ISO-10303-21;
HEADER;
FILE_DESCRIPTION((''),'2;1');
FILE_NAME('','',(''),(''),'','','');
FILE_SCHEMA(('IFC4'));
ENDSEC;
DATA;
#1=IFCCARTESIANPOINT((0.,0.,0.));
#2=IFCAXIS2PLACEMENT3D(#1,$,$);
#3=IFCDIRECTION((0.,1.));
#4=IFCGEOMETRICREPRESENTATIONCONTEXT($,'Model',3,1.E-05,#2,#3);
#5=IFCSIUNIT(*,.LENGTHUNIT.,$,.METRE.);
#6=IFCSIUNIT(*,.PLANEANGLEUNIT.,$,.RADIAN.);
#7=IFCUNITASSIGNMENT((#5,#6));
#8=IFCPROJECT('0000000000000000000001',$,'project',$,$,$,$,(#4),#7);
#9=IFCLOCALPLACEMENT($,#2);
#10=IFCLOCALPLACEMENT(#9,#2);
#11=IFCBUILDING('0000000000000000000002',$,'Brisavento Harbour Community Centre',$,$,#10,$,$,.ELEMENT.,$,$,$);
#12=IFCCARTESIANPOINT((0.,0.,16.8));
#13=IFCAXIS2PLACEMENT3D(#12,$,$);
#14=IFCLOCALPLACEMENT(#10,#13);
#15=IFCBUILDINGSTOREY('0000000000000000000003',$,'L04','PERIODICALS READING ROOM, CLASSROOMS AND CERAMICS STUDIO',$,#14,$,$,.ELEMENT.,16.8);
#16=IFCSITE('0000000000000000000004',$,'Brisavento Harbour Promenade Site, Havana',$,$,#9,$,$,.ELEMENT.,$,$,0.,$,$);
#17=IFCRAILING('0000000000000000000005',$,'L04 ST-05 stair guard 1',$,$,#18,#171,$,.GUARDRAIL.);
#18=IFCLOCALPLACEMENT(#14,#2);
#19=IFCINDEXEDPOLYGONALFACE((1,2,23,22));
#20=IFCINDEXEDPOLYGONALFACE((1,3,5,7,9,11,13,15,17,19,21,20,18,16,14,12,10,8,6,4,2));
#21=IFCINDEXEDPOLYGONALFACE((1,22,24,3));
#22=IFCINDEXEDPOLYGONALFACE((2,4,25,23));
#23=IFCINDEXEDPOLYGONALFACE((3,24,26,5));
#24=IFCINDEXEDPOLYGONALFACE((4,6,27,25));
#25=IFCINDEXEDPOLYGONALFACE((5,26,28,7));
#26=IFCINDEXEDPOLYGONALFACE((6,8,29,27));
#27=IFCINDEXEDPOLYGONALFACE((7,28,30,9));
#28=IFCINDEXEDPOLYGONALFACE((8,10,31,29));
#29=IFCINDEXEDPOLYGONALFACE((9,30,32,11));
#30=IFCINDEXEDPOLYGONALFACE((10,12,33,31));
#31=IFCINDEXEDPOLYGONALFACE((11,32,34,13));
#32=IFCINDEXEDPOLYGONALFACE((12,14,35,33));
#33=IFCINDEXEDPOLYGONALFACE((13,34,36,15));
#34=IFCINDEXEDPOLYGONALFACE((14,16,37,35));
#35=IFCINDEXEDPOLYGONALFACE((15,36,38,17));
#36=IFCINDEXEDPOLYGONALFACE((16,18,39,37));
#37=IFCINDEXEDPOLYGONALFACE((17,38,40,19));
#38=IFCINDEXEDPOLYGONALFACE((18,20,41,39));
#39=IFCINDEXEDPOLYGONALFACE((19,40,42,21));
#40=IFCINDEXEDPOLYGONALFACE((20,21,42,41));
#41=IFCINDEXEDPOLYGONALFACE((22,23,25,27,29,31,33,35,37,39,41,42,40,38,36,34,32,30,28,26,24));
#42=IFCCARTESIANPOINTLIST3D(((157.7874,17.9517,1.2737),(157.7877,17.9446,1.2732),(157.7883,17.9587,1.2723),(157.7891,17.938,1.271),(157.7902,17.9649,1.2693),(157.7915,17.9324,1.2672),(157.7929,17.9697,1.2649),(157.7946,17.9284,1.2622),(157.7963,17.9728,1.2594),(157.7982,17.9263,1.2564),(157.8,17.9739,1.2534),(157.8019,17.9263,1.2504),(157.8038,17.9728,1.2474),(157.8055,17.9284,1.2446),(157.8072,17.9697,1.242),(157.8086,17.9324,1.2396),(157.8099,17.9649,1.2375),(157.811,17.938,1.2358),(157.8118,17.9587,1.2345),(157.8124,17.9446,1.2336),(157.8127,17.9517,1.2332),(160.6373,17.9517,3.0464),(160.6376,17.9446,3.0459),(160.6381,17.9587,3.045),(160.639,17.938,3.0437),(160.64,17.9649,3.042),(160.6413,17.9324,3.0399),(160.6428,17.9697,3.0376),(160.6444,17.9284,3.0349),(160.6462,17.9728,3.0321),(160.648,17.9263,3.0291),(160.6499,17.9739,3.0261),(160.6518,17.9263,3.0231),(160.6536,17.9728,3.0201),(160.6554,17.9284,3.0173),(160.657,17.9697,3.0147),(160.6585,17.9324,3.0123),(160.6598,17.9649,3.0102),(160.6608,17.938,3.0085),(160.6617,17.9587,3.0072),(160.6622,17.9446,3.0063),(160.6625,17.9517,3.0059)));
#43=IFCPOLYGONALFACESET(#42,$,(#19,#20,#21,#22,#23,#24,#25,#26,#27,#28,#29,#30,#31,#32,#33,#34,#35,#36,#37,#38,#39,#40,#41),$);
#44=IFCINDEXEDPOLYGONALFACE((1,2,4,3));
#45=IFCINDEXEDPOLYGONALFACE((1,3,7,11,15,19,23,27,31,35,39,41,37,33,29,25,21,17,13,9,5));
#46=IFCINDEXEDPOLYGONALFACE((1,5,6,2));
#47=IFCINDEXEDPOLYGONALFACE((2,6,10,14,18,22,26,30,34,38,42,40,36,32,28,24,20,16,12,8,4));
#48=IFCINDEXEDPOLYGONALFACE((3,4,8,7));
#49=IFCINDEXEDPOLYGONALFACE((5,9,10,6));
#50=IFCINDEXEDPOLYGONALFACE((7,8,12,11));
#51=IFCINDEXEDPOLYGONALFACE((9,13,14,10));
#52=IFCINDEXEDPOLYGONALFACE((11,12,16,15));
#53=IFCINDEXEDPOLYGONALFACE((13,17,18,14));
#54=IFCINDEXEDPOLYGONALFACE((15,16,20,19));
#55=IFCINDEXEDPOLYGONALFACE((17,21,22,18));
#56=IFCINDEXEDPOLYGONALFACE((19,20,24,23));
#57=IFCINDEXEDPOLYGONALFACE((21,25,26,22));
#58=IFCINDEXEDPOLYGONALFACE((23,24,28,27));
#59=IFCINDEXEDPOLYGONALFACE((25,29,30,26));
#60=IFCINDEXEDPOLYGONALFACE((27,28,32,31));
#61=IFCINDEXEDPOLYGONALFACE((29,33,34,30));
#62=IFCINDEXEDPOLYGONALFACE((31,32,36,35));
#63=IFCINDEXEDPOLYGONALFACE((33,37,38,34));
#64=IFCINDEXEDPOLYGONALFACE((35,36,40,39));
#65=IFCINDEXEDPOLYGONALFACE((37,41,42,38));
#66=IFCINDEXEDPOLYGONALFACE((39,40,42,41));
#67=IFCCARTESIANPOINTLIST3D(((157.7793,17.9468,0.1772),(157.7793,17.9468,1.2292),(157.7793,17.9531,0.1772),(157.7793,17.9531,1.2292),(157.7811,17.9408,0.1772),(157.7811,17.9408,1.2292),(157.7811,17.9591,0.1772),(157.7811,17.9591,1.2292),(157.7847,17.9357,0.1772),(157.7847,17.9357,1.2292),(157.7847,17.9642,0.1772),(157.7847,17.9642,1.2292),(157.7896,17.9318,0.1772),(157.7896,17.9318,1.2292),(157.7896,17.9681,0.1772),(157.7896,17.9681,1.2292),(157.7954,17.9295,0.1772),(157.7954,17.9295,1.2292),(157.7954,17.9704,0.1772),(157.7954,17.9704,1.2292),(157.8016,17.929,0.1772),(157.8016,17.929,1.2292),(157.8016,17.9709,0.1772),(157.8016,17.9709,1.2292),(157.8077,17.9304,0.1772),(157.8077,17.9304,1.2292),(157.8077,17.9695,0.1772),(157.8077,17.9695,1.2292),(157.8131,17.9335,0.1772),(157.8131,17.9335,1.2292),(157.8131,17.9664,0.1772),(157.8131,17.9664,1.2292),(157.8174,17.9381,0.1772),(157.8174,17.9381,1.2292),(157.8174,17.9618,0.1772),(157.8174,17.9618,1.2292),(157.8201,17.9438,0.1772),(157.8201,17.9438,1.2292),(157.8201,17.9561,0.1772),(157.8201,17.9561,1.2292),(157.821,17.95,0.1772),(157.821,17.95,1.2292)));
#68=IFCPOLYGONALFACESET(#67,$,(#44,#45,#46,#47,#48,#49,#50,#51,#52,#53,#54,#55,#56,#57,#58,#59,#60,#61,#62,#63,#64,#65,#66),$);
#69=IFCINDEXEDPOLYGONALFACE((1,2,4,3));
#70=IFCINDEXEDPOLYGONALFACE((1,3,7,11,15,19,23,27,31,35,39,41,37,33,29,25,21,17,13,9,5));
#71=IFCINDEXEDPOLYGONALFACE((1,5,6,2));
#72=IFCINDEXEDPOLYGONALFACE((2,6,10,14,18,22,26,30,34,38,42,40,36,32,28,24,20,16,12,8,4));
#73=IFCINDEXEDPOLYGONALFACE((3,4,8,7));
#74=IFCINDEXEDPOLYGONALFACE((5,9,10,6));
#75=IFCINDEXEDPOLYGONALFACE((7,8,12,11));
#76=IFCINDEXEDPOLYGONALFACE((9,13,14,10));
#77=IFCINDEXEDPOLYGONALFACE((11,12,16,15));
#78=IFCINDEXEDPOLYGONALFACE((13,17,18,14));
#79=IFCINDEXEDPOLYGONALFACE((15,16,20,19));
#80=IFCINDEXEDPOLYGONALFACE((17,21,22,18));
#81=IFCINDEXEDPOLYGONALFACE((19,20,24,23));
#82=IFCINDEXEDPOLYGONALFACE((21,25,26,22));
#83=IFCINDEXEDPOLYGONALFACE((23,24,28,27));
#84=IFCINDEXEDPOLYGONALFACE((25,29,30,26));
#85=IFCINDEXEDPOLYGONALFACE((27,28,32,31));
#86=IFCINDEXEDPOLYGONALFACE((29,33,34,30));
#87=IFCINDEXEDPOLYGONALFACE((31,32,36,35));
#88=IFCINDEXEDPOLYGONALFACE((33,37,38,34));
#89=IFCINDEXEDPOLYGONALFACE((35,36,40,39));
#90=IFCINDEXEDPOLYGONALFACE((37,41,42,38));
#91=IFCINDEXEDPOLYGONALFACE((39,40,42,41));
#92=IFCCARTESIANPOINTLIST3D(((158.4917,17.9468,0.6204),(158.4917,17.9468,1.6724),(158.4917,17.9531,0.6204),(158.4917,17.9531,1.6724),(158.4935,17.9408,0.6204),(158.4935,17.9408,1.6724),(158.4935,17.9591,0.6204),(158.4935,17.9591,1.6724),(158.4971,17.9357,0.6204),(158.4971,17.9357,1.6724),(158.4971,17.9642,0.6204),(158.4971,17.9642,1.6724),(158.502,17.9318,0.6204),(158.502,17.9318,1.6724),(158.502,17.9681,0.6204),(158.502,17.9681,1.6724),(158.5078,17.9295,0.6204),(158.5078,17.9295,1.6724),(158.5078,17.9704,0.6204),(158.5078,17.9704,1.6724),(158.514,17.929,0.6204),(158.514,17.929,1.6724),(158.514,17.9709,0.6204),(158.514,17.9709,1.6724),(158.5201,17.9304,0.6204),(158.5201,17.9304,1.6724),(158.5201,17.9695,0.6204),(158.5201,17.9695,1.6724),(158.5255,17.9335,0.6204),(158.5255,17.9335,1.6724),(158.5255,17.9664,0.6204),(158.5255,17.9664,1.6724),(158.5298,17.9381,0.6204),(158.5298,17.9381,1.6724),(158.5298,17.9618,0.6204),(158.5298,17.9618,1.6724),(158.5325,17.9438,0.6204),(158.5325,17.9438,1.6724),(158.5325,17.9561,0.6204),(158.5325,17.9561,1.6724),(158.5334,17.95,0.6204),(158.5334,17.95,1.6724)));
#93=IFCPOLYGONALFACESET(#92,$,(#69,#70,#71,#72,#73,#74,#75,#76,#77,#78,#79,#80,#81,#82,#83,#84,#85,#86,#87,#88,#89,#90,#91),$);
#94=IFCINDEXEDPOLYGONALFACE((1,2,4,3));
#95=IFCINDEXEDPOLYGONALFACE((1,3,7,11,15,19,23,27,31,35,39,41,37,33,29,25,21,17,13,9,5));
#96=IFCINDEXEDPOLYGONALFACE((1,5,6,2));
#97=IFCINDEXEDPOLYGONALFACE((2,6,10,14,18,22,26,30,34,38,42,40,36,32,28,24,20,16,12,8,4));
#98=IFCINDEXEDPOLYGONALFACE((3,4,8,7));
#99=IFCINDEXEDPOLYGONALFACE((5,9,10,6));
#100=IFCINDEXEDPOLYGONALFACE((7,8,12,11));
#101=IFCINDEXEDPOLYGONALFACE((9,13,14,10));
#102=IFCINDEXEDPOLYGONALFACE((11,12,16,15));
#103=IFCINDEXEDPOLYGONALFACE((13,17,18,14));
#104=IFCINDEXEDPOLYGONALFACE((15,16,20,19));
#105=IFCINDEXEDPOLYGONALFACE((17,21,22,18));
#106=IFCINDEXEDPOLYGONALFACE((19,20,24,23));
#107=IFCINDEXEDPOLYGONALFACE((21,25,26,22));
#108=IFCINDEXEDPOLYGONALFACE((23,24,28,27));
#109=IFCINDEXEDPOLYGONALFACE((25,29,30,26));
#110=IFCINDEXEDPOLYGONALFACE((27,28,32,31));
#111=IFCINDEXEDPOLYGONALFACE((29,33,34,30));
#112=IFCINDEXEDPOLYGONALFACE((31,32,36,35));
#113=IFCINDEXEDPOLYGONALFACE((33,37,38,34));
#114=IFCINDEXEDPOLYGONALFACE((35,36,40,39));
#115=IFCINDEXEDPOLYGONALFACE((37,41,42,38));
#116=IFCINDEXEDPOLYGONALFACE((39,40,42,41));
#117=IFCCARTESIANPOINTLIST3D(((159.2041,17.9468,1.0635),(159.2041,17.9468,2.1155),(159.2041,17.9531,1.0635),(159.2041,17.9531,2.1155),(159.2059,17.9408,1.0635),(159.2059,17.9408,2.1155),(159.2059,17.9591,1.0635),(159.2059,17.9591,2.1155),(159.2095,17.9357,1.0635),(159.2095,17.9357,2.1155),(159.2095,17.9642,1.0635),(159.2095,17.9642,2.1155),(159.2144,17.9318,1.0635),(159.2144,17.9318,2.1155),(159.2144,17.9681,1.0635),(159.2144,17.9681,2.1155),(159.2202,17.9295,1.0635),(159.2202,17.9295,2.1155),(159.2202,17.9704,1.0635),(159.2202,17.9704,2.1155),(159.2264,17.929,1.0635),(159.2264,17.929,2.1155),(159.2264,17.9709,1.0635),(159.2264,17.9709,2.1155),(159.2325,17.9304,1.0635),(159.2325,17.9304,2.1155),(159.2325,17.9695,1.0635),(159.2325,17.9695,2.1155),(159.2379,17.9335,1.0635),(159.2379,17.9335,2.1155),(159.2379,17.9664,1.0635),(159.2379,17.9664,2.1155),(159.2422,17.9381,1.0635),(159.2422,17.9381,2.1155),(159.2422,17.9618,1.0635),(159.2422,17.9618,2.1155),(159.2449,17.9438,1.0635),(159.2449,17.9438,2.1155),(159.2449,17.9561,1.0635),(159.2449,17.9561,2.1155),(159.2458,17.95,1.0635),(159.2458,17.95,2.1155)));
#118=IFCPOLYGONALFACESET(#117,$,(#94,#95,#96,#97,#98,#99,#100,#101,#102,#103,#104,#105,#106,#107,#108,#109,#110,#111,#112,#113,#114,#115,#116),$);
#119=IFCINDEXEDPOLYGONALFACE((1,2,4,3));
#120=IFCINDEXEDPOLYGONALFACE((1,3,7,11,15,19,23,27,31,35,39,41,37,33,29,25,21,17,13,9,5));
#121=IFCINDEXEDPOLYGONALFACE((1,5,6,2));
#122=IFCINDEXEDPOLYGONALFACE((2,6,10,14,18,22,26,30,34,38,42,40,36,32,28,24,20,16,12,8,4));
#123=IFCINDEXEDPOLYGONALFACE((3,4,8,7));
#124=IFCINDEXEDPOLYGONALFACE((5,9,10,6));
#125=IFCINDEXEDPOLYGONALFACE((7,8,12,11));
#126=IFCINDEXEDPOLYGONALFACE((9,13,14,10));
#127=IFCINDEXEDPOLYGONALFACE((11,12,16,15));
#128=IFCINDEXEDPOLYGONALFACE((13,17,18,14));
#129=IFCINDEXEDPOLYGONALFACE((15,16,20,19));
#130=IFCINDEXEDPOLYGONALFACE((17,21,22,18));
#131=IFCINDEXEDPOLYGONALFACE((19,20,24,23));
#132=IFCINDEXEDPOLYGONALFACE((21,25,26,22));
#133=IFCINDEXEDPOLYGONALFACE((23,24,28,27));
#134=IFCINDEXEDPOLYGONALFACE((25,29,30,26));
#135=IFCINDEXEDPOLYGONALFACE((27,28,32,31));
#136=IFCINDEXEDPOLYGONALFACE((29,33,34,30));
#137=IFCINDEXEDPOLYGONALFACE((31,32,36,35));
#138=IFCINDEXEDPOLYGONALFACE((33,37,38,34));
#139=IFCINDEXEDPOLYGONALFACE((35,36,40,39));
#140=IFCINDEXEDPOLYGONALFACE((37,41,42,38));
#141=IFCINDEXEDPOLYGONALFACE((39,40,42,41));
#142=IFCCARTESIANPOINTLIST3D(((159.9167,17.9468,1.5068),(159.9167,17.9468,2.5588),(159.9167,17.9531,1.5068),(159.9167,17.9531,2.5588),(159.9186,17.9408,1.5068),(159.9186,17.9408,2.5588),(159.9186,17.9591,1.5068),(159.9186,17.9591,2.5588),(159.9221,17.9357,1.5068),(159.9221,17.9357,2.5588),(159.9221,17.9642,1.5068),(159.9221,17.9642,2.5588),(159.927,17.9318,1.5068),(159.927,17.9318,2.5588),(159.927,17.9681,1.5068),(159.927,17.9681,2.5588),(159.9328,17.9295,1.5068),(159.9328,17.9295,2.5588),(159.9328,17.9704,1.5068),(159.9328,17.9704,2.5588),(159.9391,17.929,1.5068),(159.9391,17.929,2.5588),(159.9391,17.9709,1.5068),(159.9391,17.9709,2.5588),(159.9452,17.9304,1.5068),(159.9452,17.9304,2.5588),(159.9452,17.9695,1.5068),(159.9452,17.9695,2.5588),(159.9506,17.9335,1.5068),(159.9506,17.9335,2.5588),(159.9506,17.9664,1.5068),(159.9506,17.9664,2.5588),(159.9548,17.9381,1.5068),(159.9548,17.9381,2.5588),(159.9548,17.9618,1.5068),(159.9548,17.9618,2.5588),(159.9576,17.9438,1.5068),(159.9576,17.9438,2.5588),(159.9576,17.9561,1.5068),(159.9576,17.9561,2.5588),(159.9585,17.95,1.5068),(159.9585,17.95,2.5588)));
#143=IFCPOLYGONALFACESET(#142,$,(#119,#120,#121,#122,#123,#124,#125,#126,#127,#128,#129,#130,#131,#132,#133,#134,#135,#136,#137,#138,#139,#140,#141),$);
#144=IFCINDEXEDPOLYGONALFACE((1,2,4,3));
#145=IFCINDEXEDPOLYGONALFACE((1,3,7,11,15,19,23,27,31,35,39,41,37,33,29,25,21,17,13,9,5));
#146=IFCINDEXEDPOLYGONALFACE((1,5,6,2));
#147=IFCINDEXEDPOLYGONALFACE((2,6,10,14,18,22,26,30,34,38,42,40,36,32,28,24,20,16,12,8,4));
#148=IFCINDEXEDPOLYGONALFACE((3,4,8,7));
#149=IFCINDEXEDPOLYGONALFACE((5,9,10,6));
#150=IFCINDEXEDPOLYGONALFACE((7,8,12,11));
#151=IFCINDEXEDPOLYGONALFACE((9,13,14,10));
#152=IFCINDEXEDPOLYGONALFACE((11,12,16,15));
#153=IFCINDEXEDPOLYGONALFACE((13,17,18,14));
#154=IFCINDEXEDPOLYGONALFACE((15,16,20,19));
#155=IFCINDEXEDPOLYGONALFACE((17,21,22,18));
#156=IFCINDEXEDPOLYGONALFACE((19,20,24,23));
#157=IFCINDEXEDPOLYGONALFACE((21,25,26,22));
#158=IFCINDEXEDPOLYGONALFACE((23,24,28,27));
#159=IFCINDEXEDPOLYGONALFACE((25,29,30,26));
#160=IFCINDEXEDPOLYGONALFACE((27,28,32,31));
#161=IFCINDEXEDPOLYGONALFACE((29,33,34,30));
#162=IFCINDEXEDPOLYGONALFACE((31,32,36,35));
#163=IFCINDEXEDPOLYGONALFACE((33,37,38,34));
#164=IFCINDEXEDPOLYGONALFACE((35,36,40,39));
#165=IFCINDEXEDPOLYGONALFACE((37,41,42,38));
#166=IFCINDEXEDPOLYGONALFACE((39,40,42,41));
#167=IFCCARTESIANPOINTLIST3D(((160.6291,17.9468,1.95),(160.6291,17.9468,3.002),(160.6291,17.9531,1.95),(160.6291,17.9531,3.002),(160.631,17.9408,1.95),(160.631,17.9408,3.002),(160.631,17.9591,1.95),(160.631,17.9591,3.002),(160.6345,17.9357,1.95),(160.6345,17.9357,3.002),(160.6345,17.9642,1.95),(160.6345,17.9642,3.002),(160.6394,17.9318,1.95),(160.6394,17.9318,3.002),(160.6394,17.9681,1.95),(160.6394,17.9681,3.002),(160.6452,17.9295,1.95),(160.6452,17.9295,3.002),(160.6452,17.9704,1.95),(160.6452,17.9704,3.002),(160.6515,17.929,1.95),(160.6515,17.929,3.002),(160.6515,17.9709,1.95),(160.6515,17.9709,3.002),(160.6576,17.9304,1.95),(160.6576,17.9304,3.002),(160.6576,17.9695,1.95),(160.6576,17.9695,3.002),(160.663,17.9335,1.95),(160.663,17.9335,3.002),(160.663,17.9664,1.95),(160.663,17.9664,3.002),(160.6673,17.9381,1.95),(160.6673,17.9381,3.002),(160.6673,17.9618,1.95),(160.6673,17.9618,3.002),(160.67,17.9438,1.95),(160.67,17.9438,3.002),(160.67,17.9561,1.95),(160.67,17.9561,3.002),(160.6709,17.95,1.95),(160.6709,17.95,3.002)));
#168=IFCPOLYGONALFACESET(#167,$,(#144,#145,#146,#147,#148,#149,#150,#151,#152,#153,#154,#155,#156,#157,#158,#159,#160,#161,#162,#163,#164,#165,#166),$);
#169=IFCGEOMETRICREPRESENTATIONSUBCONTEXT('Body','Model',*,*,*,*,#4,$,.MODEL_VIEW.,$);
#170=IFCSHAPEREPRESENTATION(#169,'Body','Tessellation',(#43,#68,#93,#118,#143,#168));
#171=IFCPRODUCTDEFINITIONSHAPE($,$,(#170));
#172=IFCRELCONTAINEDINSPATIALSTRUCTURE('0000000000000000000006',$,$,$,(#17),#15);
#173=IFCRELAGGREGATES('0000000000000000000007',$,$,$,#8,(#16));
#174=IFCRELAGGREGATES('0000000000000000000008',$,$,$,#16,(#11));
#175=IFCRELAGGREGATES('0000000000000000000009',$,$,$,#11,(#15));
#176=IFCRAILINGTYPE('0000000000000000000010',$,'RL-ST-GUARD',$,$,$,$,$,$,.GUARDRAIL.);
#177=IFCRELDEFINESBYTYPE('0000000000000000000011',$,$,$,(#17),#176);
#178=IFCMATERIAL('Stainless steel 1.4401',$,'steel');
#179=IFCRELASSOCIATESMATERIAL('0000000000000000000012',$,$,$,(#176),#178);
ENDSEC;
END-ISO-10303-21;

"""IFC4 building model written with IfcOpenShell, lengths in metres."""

from ifc_helpers import new_model, si_unit, direction, frame, origin, origin_2d, place, context, subcontext, project, spatial, circle, extrude, material, type_object, element, save


model = new_model("IFC4")

# Units and contexts
model_context = context("Model", 3, precision=1e-05, world=origin(), true_north=direction((0.0, 1.0)))
body_context = subcontext(model_context, "Body", "Model", "MODEL_VIEW")
ifc_project = project(units=[si_unit("LENGTHUNIT", "METRE"), si_unit("PLANEANGLEUNIT", "RADIAN")], contexts=[model_context])

# Site, building, storey
site_placement = place(None, origin())
site = spatial("IfcSite", under=ifc_project, at=site_placement, Name="Brisavento Harbour Promenade Site, Havana", CompositionType="ELEMENT", RefElevation=0.0)
building_placement = place(site_placement, origin())
building = spatial("IfcBuilding", under=site, at=building_placement, Name="Brisavento Harbour Community Centre", CompositionType="ELEMENT")
storey_placement = place(building_placement, frame((0.0, 0.0, 16.8)))
storey = spatial("IfcBuildingStorey", under=building, at=storey_placement, Name="L04", Description="PERIODICALS READING ROOM, CLASSROOMS AND CERAMICS STUDIO", CompositionType="ELEMENT", Elevation=16.8)

# Railing
ifc_material_1 = material(Name="Stainless steel 1.4401", Category="steel")
railing_type_1 = type_object("IfcRailingType", Name="RL-ST-GUARD", PredefinedType="GUARDRAIL", material=ifc_material_1)
railing_1_placement = place(storey_placement, frame((157.8, 17.95, 0.1772)))
element("IfcRailing", 1, at=railing_1_placement, inside=storey, type_object=railing_type_1, Name="L04 ST-05 stair guard 1", PredefinedType="GUARDRAIL", context=body_context, shape_type="SweptSolid", body=[
    extrude(circle(Radius=0.0239, at=origin_2d()), frame((0.0, 0.0, 1.0762), z_axis=(0.849128, 0.0, 0.528187), x_axis=(0.0, 1.0, 0.0)), (0.0, 0.0, 1.0), 3.3562),
    extrude(circle(Radius=0.021, at=origin_2d()), origin(), (0.0, 0.0, 1.0), 1.052),
    extrude(circle(Radius=0.021, at=origin_2d()), frame((0.7124, 0.0, 0.4431)), (0.0, 0.0, 1.0), 1.052),
    extrude(circle(Radius=0.021, at=origin_2d()), frame((1.4248, 0.0, 0.8862)), (0.0, 0.0, 1.0), 1.052),
    extrude(circle(Radius=0.021, at=origin_2d()), frame((2.1375, 0.0, 1.3296)), (0.0, 0.0, 1.0), 1.052),
    extrude(circle(Radius=0.021, at=origin_2d()), frame((2.8499, 0.0, 1.7727)), (0.0, 0.0, 1.0), 1.052),
])

save(model, "model.ifc")
